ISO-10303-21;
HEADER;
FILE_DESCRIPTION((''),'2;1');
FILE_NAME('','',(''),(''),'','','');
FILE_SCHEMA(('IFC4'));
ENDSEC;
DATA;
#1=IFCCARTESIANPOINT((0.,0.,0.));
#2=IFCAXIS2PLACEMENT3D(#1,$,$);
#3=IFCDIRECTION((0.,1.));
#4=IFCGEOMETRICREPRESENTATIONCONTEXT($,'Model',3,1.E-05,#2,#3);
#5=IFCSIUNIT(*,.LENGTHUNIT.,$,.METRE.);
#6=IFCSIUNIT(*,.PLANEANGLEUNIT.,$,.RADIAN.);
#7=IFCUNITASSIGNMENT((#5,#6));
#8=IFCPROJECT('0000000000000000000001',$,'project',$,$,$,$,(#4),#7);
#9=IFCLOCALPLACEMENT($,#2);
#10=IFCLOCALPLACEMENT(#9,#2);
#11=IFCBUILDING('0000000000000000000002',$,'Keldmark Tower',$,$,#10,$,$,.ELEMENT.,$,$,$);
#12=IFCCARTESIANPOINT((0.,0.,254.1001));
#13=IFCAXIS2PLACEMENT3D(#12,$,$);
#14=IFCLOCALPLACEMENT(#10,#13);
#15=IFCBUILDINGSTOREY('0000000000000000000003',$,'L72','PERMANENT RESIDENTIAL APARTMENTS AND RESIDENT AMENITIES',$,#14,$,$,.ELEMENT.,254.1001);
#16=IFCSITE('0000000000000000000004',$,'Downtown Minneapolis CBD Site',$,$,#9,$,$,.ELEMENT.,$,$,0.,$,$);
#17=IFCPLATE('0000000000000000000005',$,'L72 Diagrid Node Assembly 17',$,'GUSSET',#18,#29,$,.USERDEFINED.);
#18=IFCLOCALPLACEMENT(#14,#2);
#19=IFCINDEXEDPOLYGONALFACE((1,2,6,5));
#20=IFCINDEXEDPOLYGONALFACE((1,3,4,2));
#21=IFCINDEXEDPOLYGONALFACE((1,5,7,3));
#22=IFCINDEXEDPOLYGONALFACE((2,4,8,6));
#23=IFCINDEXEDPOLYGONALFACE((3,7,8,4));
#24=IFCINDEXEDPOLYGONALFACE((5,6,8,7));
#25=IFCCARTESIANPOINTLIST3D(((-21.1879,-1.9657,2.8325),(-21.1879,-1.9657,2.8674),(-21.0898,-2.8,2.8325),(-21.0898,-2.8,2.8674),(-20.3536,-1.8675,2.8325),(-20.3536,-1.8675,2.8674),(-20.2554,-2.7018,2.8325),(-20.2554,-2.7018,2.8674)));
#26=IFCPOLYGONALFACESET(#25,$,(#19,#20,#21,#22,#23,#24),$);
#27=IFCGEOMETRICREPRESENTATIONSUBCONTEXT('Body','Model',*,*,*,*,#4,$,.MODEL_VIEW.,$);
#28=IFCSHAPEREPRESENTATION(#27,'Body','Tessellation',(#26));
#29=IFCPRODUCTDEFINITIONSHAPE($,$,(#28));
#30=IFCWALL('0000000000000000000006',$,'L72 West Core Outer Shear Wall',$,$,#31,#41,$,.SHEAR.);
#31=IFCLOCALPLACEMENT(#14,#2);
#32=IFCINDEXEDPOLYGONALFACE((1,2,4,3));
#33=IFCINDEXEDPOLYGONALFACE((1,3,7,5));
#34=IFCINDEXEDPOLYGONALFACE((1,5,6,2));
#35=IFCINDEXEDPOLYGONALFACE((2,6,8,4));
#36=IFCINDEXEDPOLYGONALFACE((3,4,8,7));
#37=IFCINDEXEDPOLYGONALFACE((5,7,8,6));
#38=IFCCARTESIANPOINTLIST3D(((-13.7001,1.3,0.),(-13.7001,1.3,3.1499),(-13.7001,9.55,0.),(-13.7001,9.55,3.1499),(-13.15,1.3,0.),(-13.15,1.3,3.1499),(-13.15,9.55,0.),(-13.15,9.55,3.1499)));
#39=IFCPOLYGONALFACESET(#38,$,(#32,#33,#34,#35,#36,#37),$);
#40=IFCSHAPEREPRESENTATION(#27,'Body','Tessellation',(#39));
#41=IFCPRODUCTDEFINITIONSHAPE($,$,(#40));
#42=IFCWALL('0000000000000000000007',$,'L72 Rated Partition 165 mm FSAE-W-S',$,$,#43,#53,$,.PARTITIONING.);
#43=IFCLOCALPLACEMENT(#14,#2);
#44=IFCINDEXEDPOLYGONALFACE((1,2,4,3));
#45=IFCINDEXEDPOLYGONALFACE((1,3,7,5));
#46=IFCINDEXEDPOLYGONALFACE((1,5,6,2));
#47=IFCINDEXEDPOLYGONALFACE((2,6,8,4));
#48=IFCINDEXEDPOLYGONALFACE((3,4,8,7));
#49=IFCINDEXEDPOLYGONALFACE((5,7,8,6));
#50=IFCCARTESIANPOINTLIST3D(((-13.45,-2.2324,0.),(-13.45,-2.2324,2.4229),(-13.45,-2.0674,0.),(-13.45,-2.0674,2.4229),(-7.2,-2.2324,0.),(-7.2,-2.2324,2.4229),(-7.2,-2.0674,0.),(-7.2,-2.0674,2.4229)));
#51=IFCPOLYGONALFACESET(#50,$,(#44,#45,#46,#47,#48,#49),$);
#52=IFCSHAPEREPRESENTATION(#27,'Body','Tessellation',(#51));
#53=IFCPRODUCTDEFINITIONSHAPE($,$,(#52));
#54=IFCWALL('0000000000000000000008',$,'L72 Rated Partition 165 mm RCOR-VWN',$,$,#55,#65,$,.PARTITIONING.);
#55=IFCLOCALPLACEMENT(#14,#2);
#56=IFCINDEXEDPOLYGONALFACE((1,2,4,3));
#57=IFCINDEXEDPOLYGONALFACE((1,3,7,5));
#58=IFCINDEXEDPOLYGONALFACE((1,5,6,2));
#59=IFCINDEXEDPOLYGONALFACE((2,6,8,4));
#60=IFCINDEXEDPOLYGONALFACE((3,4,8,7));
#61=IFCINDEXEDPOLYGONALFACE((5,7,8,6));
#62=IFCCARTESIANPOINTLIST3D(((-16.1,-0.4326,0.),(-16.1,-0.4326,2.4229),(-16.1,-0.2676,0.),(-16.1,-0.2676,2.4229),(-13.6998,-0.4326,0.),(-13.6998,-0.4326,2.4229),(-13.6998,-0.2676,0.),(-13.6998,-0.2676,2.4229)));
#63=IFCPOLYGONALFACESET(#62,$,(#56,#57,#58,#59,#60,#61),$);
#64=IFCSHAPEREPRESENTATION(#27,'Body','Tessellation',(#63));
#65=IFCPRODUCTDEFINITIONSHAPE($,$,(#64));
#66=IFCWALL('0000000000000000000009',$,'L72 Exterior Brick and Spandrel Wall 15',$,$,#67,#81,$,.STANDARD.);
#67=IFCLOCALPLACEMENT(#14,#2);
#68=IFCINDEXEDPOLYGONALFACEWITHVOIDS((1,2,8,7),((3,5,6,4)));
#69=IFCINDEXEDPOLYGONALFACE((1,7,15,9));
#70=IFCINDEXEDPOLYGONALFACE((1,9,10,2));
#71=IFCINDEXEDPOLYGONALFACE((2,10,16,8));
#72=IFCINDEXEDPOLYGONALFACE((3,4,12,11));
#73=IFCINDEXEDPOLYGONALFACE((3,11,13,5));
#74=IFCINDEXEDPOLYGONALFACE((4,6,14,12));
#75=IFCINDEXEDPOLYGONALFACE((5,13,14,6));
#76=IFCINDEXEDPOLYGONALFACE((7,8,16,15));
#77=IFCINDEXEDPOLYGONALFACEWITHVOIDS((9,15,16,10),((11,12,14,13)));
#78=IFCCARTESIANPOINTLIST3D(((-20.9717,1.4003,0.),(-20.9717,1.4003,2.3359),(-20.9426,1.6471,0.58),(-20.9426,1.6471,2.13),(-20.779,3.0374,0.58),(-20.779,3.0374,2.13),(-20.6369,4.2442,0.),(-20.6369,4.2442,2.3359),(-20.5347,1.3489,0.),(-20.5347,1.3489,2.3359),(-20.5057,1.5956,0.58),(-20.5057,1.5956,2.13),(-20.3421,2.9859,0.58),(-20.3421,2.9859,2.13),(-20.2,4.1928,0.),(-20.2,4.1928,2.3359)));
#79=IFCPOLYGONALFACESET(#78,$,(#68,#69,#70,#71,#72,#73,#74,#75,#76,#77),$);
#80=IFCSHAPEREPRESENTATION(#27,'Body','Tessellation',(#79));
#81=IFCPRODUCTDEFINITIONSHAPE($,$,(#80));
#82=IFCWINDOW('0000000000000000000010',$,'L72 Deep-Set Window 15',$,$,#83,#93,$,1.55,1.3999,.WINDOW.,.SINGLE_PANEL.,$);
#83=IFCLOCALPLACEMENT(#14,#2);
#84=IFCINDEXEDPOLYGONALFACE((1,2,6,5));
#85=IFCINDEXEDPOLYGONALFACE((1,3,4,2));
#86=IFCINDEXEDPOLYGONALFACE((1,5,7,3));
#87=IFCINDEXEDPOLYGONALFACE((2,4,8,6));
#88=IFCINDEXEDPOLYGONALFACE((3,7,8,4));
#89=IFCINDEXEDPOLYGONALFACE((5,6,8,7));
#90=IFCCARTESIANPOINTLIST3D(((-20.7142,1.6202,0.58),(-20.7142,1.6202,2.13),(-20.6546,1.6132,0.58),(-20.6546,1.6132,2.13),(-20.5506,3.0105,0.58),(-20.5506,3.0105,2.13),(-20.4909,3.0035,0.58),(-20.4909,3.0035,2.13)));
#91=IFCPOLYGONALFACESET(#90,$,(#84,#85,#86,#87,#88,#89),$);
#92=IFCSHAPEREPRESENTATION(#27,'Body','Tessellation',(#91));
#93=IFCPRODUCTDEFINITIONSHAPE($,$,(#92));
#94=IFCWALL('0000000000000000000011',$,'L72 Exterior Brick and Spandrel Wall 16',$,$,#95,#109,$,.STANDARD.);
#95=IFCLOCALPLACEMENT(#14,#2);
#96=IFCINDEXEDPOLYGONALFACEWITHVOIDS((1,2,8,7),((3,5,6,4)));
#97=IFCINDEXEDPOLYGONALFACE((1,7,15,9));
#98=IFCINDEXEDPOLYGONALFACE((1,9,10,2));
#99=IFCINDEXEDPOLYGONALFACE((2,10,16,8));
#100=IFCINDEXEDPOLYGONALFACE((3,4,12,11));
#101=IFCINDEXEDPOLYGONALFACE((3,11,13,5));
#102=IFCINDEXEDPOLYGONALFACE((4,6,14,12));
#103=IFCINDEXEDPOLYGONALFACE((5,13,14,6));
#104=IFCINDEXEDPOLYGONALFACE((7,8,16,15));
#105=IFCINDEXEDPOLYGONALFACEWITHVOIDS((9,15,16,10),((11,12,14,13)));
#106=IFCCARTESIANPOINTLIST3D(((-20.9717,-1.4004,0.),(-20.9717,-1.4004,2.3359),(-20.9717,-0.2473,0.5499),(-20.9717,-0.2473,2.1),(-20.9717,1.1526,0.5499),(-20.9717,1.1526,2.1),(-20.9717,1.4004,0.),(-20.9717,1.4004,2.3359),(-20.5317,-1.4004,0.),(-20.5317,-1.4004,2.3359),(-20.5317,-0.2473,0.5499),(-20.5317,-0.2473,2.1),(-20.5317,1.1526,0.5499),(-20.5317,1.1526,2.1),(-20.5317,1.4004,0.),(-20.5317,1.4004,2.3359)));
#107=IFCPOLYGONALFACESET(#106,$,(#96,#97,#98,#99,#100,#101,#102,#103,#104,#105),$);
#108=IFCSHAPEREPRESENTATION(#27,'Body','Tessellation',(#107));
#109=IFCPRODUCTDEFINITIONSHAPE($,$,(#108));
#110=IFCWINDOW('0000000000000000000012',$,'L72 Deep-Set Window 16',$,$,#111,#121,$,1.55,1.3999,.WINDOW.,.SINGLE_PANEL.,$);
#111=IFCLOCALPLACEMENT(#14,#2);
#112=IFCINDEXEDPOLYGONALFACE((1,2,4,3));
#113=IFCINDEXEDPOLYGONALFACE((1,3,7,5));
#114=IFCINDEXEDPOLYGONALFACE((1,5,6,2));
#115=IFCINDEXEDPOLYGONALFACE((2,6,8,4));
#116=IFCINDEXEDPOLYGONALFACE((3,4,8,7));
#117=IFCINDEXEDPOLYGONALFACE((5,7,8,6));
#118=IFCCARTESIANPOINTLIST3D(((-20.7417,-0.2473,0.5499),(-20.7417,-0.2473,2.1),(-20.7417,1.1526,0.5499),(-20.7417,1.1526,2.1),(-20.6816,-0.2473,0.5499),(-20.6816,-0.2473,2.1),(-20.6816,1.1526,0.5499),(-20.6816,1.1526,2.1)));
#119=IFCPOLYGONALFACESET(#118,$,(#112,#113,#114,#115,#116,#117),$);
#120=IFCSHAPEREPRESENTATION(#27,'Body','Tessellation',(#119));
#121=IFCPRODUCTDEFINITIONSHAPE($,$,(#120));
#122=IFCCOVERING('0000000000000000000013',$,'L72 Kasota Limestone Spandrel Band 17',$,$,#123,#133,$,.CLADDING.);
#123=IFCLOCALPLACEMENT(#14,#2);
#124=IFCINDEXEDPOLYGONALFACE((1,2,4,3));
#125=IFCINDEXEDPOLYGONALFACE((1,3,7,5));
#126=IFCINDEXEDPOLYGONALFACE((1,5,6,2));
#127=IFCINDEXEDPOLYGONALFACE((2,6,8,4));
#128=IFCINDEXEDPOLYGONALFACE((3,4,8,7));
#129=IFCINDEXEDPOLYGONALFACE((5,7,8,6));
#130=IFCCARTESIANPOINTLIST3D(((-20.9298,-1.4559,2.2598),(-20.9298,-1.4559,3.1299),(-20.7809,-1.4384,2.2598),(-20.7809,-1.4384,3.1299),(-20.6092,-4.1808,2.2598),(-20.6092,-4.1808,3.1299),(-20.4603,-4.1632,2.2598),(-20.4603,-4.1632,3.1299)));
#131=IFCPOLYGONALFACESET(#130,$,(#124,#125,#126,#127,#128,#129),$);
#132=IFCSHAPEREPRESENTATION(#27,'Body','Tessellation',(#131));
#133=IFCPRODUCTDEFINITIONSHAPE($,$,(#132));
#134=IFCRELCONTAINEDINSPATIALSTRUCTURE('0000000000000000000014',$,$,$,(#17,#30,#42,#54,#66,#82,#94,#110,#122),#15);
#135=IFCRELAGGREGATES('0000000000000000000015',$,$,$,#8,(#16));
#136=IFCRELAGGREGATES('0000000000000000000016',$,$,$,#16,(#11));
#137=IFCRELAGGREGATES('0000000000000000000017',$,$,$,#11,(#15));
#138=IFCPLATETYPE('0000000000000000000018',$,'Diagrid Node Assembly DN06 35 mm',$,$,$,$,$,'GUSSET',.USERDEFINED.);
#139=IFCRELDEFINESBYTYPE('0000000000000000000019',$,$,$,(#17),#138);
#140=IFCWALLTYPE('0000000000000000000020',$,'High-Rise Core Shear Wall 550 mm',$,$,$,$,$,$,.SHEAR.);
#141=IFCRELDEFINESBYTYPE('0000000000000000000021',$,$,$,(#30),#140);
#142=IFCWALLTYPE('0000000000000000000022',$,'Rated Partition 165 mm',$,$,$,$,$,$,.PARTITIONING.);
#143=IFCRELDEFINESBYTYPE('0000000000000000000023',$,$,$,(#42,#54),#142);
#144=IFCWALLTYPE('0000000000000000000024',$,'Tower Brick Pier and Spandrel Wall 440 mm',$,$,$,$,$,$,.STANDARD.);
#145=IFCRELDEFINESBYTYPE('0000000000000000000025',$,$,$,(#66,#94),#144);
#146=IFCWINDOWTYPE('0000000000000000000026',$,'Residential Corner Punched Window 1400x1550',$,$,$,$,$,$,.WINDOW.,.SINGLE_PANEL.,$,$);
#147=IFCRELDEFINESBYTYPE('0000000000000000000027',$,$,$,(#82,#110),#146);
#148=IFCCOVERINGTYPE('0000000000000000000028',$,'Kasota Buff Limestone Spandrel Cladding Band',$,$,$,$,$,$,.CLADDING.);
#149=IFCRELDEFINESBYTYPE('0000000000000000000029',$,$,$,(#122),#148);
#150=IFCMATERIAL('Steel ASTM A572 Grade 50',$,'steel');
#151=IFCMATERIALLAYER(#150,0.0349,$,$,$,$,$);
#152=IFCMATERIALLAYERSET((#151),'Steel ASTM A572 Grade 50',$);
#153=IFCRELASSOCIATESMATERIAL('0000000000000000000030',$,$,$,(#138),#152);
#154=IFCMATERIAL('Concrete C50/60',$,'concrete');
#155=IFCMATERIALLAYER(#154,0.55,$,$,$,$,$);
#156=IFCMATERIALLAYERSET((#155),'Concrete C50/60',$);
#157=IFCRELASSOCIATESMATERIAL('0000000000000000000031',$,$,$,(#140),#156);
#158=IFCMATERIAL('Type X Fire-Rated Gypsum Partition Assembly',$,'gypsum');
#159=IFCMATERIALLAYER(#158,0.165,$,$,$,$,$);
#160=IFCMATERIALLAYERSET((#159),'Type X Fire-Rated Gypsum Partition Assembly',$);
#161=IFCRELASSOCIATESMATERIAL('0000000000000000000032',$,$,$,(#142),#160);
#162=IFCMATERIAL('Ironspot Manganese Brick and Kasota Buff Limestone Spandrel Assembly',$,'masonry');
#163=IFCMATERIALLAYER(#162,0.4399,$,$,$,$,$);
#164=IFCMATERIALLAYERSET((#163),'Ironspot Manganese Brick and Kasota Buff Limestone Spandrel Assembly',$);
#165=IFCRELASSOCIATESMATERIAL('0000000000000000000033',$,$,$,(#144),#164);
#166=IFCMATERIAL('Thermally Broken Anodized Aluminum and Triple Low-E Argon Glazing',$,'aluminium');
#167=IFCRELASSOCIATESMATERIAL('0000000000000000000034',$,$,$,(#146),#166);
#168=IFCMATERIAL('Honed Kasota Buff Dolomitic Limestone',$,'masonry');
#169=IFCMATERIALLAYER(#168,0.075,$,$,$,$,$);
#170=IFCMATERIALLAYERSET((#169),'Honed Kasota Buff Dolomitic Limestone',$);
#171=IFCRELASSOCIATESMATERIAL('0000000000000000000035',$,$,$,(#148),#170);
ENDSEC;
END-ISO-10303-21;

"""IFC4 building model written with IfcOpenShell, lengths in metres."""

from ifc_helpers import new_model, si_unit, direction, frame, frame_2d, origin, origin_2d, place, context, subcontext, project, spatial, rectangle, extrude, material, layer, layer_set, type_object, element, fill, save


model = new_model("IFC4")

# Units and contexts
model_context = context("Model", 3, precision=1e-05, world=origin(), true_north=direction((0.0, 1.0)))
body_context = subcontext(model_context, "Body", "Model", "MODEL_VIEW")
ifc_project = project(units=[si_unit("LENGTHUNIT", "METRE"), si_unit("PLANEANGLEUNIT", "RADIAN")], contexts=[model_context])

# Site, building, storey
site_placement = place(None, origin())
site = spatial("IfcSite", under=ifc_project, at=site_placement, Name="Downtown Minneapolis CBD Site", CompositionType="ELEMENT", RefElevation=0.0)
building_placement = place(site_placement, origin())
building = spatial("IfcBuilding", under=site, at=building_placement, Name="Keldmark Tower", CompositionType="ELEMENT")
storey_placement = place(building_placement, frame((0.0, 0.0, 254.1001)))
storey = spatial("IfcBuildingStorey", under=building, at=storey_placement, Name="L72", Description="PERMANENT RESIDENTIAL APARTMENTS AND RESIDENT AMENITIES", CompositionType="ELEMENT", Elevation=254.1001)

# Plate
ifc_material_1 = material(Name="Steel ASTM A572 Grade 50", Category="steel")
ifc_layer_1 = layer(ifc_material_1, 0.0349)
ifc_layer_set_1 = layer_set([ifc_layer_1], Name="Steel ASTM A572 Grade 50")
plate_type_1 = type_object("IfcPlateType", Name="Diagrid Node Assembly DN06 35 mm", ElementType="GUSSET", PredefinedType="USERDEFINED", material=ifc_layer_set_1)
for number, where, z_axis, x_axis, name in (
    (1, (-20.7217, -2.3337, 2.8325), (0.0, 0.0, 1.0), (0.116844, -0.99315, 0.0), "L72 Diagrid Node Assembly 17"),
):
    element("IfcPlate", number, at=place(storey_placement, frame(where, z_axis=z_axis, x_axis=x_axis)), inside=storey, type_object=plate_type_1, Name=name, ObjectType="GUSSET", PredefinedType="USERDEFINED", context=body_context, shape_type="SweptSolid", body=[
        extrude(rectangle(XDim=0.8401, YDim=0.8401, at=origin_2d()), origin(), (0.0, 0.0, 1.0), 0.0349),
    ])

# Walls
ifc_material_2 = material(Name="Concrete C50/60", Category="concrete")
ifc_layer_2 = layer(ifc_material_2, 0.55)
ifc_layer_set_2 = layer_set([ifc_layer_2], Name="Concrete C50/60")
wall_type_1 = type_object("IfcWallType", Name="High-Rise Core Shear Wall 550 mm", PredefinedType="SHEAR", material=ifc_layer_set_2)
wall_1_placement = place(storey_placement, frame((-13.425, 1.3, 0.0), z_axis=(0.0, 0.0, 1.0), x_axis=(0.0, 1.0, 0.0)))
element("IfcWall", 2, at=wall_1_placement, inside=storey, type_object=wall_type_1, Name="L72 West Core Outer Shear Wall", PredefinedType="SHEAR", context=body_context, shape_type="SweptSolid", body=[
    extrude(rectangle(XDim=8.25, YDim=0.55, at=frame_2d((4.125, 0.0))), origin(), (0.0, 0.0, 1.0), 3.1499),
])
ifc_material_3 = material(Name="Type X Fire-Rated Gypsum Partition Assembly", Category="gypsum")
ifc_layer_3 = layer(ifc_material_3, 0.165)
ifc_layer_set_3 = layer_set([ifc_layer_3], Name="Type X Fire-Rated Gypsum Partition Assembly")
wall_type_2 = type_object("IfcWallType", Name="Rated Partition 165 mm", PredefinedType="PARTITIONING", material=ifc_layer_set_3)
wall_2_placement = place(storey_placement, frame((-13.45, -2.1499, 0.0), z_axis=(0.0, 0.0, 1.0), x_axis=(1.0, 0.0, 0.0)))
element("IfcWall", 3, at=wall_2_placement, inside=storey, type_object=wall_type_2, Name="L72 Rated Partition 165 mm FSAE-W-S", PredefinedType="PARTITIONING", context=body_context, shape_type="SweptSolid", body=[
    extrude(rectangle(XDim=6.25, YDim=0.165, at=frame_2d((3.125, 0.0))), origin(), (0.0, 0.0, 1.0), 2.4229),
])

# Wall
wall_3_placement = place(storey_placement, frame((-16.1001, -0.3501, 0.0), z_axis=(0.0, 0.0, 1.0), x_axis=(1.0, 0.0, 0.0)))
element("IfcWall", 4, at=wall_3_placement, inside=storey, type_object=wall_type_2, Name="L72 Rated Partition 165 mm RCOR-VWN", PredefinedType="PARTITIONING", context=body_context, shape_type="SweptSolid", body=[
    extrude(rectangle(XDim=2.4001, YDim=0.165, at=frame_2d((1.2002, 0.0))), origin(), (0.0, 0.0, 1.0), 2.4229),
])

# Walls, openings, windows
ifc_material_4 = material(Name="Ironspot Manganese Brick and Kasota Buff Limestone Spandrel Assembly", Category="masonry")
ifc_layer_4 = layer(ifc_material_4, 0.4399)
ifc_layer_set_4 = layer_set([ifc_layer_4], Name="Ironspot Manganese Brick and Kasota Buff Limestone Spandrel Assembly")
wall_type_3 = type_object("IfcWallType", Name="Tower Brick Pier and Spandrel Wall 440 mm", PredefinedType="STANDARD", material=ifc_layer_set_4)
wall_4_placement = place(storey_placement, frame((-20.7532, 1.3748, 0.0), z_axis=(0.0, 0.0, 1.0), x_axis=(0.116886, 0.993145, 0.0)))
wall_4 = element("IfcWall", 5, at=wall_4_placement, inside=storey, type_object=wall_type_3, Name="L72 Exterior Brick and Spandrel Wall 15", PredefinedType="STANDARD", context=body_context, shape_type="SweptSolid", body=[
    extrude(rectangle(XDim=2.8635, YDim=0.4399, at=frame_2d((1.4316, 0.0))), origin(), (0.0, 0.0, 1.0), 2.3359),
])
opening_1_placement = place(wall_4_placement, frame((0.2483, 0.0, 0.5801)))
opening_1 = element("IfcOpeningElement", 6, at=opening_1_placement, cuts=wall_4, PredefinedType="OPENING", context=body_context, shape_type="SweptSolid", body=[
    extrude(rectangle(XDim=1.3999, YDim=1.55, at=frame_2d((0.7, 0.7749))), frame((0.0, 0.23, 0.0), z_axis=(0.0, -1.0, 0.0), x_axis=(1.0, 0.0, 0.0)), (0.0, 0.0, 1.0), 0.46),
])
ifc_material_5 = material(Name="Thermally Broken Anodized Aluminum and Triple Low-E Argon Glazing", Category="aluminium")
window_type = type_object("IfcWindowType", Name="Residential Corner Punched Window 1400x1550", PartitioningType="SINGLE_PANEL", PredefinedType="WINDOW", material=ifc_material_5)
window_1_placement = place(opening_1_placement, origin())
window_1 = element("IfcWindow", 7, at=window_1_placement, inside=storey, type_object=window_type, Name="L72 Deep-Set Window 15", OverallHeight=1.55, OverallWidth=1.3999, PartitioningType="SINGLE_PANEL", PredefinedType="WINDOW", context=body_context, shape_type="SweptSolid", body=[
    extrude(rectangle(XDim=1.3999, YDim=1.55, at=frame_2d((0.7, 0.7749))), frame((0.0, -0.01, 0.0), z_axis=(0.0, -1.0, 0.0), x_axis=(1.0, 0.0, 0.0)), (0.0, 0.0, 1.0), 0.0601),
])
fill(opening_1, window_1)
wall_5_placement = place(storey_placement, frame((-20.7517, -1.4004, 0.0), z_axis=(0.0, 0.0, 1.0), x_axis=(0.0, 1.0, 0.0)))
wall_5 = element("IfcWall", 8, at=wall_5_placement, inside=storey, type_object=wall_type_3, Name="L72 Exterior Brick and Spandrel Wall 16", PredefinedType="STANDARD", context=body_context, shape_type="SweptSolid", body=[
    extrude(rectangle(XDim=2.8008, YDim=0.4399, at=frame_2d((1.4004, 0.0))), origin(), (0.0, 0.0, 1.0), 2.3359),
])
opening_2_placement = place(wall_5_placement, frame((1.1531, 0.0, 0.55)))
opening_2 = element("IfcOpeningElement", 9, at=opening_2_placement, cuts=wall_5, PredefinedType="OPENING", context=body_context, shape_type="SweptSolid", body=[
    extrude(rectangle(XDim=1.3999, YDim=1.55, at=frame_2d((0.7, 0.7749))), frame((0.0, 0.23, 0.0), z_axis=(0.0, -1.0, 0.0), x_axis=(1.0, 0.0, 0.0)), (0.0, 0.0, 1.0), 0.46),
])
window_2_placement = place(opening_2_placement, origin())
window_2 = element("IfcWindow", 10, at=window_2_placement, inside=storey, type_object=window_type, Name="L72 Deep-Set Window 16", OverallHeight=1.55, OverallWidth=1.3999, PartitioningType="SINGLE_PANEL", PredefinedType="WINDOW", context=body_context, shape_type="SweptSolid", body=[
    extrude(rectangle(XDim=1.3999, YDim=1.55, at=frame_2d((0.7, 0.7749))), frame((0.0, -0.01, 0.0), z_axis=(0.0, -1.0, 0.0), x_axis=(1.0, 0.0, 0.0)), (0.0, 0.0, 1.0), 0.0601),
])
fill(opening_2, window_2)

# Covering
ifc_material_6 = material(Name="Honed Kasota Buff Dolomitic Limestone", Category="masonry")
ifc_layer_5 = layer(ifc_material_6, 0.075)
ifc_layer_set_5 = layer_set([ifc_layer_5], Name="Honed Kasota Buff Dolomitic Limestone")
covering_type = type_object("IfcCoveringType", Name="Kasota Buff Limestone Spandrel Cladding Band", PredefinedType="CLADDING", material=ifc_layer_set_5)
covering_placement = place(storey_placement, frame((-20.6951, -2.8096, 2.2598), z_axis=(0.0, 0.0, 1.0), x_axis=(0.116844, -0.99315, 0.0)))
element("IfcCovering", 11, at=covering_placement, inside=storey, type_object=covering_type, Name="L72 Kasota Limestone Spandrel Band 17", PredefinedType="CLADDING", context=body_context, shape_type="SweptSolid", body=[
    extrude(rectangle(XDim=2.7437, YDim=0.1499, at=origin_2d()), origin(), (0.0, 0.0, 1.0), 0.8701),
])

save(model, "model.ifc")
